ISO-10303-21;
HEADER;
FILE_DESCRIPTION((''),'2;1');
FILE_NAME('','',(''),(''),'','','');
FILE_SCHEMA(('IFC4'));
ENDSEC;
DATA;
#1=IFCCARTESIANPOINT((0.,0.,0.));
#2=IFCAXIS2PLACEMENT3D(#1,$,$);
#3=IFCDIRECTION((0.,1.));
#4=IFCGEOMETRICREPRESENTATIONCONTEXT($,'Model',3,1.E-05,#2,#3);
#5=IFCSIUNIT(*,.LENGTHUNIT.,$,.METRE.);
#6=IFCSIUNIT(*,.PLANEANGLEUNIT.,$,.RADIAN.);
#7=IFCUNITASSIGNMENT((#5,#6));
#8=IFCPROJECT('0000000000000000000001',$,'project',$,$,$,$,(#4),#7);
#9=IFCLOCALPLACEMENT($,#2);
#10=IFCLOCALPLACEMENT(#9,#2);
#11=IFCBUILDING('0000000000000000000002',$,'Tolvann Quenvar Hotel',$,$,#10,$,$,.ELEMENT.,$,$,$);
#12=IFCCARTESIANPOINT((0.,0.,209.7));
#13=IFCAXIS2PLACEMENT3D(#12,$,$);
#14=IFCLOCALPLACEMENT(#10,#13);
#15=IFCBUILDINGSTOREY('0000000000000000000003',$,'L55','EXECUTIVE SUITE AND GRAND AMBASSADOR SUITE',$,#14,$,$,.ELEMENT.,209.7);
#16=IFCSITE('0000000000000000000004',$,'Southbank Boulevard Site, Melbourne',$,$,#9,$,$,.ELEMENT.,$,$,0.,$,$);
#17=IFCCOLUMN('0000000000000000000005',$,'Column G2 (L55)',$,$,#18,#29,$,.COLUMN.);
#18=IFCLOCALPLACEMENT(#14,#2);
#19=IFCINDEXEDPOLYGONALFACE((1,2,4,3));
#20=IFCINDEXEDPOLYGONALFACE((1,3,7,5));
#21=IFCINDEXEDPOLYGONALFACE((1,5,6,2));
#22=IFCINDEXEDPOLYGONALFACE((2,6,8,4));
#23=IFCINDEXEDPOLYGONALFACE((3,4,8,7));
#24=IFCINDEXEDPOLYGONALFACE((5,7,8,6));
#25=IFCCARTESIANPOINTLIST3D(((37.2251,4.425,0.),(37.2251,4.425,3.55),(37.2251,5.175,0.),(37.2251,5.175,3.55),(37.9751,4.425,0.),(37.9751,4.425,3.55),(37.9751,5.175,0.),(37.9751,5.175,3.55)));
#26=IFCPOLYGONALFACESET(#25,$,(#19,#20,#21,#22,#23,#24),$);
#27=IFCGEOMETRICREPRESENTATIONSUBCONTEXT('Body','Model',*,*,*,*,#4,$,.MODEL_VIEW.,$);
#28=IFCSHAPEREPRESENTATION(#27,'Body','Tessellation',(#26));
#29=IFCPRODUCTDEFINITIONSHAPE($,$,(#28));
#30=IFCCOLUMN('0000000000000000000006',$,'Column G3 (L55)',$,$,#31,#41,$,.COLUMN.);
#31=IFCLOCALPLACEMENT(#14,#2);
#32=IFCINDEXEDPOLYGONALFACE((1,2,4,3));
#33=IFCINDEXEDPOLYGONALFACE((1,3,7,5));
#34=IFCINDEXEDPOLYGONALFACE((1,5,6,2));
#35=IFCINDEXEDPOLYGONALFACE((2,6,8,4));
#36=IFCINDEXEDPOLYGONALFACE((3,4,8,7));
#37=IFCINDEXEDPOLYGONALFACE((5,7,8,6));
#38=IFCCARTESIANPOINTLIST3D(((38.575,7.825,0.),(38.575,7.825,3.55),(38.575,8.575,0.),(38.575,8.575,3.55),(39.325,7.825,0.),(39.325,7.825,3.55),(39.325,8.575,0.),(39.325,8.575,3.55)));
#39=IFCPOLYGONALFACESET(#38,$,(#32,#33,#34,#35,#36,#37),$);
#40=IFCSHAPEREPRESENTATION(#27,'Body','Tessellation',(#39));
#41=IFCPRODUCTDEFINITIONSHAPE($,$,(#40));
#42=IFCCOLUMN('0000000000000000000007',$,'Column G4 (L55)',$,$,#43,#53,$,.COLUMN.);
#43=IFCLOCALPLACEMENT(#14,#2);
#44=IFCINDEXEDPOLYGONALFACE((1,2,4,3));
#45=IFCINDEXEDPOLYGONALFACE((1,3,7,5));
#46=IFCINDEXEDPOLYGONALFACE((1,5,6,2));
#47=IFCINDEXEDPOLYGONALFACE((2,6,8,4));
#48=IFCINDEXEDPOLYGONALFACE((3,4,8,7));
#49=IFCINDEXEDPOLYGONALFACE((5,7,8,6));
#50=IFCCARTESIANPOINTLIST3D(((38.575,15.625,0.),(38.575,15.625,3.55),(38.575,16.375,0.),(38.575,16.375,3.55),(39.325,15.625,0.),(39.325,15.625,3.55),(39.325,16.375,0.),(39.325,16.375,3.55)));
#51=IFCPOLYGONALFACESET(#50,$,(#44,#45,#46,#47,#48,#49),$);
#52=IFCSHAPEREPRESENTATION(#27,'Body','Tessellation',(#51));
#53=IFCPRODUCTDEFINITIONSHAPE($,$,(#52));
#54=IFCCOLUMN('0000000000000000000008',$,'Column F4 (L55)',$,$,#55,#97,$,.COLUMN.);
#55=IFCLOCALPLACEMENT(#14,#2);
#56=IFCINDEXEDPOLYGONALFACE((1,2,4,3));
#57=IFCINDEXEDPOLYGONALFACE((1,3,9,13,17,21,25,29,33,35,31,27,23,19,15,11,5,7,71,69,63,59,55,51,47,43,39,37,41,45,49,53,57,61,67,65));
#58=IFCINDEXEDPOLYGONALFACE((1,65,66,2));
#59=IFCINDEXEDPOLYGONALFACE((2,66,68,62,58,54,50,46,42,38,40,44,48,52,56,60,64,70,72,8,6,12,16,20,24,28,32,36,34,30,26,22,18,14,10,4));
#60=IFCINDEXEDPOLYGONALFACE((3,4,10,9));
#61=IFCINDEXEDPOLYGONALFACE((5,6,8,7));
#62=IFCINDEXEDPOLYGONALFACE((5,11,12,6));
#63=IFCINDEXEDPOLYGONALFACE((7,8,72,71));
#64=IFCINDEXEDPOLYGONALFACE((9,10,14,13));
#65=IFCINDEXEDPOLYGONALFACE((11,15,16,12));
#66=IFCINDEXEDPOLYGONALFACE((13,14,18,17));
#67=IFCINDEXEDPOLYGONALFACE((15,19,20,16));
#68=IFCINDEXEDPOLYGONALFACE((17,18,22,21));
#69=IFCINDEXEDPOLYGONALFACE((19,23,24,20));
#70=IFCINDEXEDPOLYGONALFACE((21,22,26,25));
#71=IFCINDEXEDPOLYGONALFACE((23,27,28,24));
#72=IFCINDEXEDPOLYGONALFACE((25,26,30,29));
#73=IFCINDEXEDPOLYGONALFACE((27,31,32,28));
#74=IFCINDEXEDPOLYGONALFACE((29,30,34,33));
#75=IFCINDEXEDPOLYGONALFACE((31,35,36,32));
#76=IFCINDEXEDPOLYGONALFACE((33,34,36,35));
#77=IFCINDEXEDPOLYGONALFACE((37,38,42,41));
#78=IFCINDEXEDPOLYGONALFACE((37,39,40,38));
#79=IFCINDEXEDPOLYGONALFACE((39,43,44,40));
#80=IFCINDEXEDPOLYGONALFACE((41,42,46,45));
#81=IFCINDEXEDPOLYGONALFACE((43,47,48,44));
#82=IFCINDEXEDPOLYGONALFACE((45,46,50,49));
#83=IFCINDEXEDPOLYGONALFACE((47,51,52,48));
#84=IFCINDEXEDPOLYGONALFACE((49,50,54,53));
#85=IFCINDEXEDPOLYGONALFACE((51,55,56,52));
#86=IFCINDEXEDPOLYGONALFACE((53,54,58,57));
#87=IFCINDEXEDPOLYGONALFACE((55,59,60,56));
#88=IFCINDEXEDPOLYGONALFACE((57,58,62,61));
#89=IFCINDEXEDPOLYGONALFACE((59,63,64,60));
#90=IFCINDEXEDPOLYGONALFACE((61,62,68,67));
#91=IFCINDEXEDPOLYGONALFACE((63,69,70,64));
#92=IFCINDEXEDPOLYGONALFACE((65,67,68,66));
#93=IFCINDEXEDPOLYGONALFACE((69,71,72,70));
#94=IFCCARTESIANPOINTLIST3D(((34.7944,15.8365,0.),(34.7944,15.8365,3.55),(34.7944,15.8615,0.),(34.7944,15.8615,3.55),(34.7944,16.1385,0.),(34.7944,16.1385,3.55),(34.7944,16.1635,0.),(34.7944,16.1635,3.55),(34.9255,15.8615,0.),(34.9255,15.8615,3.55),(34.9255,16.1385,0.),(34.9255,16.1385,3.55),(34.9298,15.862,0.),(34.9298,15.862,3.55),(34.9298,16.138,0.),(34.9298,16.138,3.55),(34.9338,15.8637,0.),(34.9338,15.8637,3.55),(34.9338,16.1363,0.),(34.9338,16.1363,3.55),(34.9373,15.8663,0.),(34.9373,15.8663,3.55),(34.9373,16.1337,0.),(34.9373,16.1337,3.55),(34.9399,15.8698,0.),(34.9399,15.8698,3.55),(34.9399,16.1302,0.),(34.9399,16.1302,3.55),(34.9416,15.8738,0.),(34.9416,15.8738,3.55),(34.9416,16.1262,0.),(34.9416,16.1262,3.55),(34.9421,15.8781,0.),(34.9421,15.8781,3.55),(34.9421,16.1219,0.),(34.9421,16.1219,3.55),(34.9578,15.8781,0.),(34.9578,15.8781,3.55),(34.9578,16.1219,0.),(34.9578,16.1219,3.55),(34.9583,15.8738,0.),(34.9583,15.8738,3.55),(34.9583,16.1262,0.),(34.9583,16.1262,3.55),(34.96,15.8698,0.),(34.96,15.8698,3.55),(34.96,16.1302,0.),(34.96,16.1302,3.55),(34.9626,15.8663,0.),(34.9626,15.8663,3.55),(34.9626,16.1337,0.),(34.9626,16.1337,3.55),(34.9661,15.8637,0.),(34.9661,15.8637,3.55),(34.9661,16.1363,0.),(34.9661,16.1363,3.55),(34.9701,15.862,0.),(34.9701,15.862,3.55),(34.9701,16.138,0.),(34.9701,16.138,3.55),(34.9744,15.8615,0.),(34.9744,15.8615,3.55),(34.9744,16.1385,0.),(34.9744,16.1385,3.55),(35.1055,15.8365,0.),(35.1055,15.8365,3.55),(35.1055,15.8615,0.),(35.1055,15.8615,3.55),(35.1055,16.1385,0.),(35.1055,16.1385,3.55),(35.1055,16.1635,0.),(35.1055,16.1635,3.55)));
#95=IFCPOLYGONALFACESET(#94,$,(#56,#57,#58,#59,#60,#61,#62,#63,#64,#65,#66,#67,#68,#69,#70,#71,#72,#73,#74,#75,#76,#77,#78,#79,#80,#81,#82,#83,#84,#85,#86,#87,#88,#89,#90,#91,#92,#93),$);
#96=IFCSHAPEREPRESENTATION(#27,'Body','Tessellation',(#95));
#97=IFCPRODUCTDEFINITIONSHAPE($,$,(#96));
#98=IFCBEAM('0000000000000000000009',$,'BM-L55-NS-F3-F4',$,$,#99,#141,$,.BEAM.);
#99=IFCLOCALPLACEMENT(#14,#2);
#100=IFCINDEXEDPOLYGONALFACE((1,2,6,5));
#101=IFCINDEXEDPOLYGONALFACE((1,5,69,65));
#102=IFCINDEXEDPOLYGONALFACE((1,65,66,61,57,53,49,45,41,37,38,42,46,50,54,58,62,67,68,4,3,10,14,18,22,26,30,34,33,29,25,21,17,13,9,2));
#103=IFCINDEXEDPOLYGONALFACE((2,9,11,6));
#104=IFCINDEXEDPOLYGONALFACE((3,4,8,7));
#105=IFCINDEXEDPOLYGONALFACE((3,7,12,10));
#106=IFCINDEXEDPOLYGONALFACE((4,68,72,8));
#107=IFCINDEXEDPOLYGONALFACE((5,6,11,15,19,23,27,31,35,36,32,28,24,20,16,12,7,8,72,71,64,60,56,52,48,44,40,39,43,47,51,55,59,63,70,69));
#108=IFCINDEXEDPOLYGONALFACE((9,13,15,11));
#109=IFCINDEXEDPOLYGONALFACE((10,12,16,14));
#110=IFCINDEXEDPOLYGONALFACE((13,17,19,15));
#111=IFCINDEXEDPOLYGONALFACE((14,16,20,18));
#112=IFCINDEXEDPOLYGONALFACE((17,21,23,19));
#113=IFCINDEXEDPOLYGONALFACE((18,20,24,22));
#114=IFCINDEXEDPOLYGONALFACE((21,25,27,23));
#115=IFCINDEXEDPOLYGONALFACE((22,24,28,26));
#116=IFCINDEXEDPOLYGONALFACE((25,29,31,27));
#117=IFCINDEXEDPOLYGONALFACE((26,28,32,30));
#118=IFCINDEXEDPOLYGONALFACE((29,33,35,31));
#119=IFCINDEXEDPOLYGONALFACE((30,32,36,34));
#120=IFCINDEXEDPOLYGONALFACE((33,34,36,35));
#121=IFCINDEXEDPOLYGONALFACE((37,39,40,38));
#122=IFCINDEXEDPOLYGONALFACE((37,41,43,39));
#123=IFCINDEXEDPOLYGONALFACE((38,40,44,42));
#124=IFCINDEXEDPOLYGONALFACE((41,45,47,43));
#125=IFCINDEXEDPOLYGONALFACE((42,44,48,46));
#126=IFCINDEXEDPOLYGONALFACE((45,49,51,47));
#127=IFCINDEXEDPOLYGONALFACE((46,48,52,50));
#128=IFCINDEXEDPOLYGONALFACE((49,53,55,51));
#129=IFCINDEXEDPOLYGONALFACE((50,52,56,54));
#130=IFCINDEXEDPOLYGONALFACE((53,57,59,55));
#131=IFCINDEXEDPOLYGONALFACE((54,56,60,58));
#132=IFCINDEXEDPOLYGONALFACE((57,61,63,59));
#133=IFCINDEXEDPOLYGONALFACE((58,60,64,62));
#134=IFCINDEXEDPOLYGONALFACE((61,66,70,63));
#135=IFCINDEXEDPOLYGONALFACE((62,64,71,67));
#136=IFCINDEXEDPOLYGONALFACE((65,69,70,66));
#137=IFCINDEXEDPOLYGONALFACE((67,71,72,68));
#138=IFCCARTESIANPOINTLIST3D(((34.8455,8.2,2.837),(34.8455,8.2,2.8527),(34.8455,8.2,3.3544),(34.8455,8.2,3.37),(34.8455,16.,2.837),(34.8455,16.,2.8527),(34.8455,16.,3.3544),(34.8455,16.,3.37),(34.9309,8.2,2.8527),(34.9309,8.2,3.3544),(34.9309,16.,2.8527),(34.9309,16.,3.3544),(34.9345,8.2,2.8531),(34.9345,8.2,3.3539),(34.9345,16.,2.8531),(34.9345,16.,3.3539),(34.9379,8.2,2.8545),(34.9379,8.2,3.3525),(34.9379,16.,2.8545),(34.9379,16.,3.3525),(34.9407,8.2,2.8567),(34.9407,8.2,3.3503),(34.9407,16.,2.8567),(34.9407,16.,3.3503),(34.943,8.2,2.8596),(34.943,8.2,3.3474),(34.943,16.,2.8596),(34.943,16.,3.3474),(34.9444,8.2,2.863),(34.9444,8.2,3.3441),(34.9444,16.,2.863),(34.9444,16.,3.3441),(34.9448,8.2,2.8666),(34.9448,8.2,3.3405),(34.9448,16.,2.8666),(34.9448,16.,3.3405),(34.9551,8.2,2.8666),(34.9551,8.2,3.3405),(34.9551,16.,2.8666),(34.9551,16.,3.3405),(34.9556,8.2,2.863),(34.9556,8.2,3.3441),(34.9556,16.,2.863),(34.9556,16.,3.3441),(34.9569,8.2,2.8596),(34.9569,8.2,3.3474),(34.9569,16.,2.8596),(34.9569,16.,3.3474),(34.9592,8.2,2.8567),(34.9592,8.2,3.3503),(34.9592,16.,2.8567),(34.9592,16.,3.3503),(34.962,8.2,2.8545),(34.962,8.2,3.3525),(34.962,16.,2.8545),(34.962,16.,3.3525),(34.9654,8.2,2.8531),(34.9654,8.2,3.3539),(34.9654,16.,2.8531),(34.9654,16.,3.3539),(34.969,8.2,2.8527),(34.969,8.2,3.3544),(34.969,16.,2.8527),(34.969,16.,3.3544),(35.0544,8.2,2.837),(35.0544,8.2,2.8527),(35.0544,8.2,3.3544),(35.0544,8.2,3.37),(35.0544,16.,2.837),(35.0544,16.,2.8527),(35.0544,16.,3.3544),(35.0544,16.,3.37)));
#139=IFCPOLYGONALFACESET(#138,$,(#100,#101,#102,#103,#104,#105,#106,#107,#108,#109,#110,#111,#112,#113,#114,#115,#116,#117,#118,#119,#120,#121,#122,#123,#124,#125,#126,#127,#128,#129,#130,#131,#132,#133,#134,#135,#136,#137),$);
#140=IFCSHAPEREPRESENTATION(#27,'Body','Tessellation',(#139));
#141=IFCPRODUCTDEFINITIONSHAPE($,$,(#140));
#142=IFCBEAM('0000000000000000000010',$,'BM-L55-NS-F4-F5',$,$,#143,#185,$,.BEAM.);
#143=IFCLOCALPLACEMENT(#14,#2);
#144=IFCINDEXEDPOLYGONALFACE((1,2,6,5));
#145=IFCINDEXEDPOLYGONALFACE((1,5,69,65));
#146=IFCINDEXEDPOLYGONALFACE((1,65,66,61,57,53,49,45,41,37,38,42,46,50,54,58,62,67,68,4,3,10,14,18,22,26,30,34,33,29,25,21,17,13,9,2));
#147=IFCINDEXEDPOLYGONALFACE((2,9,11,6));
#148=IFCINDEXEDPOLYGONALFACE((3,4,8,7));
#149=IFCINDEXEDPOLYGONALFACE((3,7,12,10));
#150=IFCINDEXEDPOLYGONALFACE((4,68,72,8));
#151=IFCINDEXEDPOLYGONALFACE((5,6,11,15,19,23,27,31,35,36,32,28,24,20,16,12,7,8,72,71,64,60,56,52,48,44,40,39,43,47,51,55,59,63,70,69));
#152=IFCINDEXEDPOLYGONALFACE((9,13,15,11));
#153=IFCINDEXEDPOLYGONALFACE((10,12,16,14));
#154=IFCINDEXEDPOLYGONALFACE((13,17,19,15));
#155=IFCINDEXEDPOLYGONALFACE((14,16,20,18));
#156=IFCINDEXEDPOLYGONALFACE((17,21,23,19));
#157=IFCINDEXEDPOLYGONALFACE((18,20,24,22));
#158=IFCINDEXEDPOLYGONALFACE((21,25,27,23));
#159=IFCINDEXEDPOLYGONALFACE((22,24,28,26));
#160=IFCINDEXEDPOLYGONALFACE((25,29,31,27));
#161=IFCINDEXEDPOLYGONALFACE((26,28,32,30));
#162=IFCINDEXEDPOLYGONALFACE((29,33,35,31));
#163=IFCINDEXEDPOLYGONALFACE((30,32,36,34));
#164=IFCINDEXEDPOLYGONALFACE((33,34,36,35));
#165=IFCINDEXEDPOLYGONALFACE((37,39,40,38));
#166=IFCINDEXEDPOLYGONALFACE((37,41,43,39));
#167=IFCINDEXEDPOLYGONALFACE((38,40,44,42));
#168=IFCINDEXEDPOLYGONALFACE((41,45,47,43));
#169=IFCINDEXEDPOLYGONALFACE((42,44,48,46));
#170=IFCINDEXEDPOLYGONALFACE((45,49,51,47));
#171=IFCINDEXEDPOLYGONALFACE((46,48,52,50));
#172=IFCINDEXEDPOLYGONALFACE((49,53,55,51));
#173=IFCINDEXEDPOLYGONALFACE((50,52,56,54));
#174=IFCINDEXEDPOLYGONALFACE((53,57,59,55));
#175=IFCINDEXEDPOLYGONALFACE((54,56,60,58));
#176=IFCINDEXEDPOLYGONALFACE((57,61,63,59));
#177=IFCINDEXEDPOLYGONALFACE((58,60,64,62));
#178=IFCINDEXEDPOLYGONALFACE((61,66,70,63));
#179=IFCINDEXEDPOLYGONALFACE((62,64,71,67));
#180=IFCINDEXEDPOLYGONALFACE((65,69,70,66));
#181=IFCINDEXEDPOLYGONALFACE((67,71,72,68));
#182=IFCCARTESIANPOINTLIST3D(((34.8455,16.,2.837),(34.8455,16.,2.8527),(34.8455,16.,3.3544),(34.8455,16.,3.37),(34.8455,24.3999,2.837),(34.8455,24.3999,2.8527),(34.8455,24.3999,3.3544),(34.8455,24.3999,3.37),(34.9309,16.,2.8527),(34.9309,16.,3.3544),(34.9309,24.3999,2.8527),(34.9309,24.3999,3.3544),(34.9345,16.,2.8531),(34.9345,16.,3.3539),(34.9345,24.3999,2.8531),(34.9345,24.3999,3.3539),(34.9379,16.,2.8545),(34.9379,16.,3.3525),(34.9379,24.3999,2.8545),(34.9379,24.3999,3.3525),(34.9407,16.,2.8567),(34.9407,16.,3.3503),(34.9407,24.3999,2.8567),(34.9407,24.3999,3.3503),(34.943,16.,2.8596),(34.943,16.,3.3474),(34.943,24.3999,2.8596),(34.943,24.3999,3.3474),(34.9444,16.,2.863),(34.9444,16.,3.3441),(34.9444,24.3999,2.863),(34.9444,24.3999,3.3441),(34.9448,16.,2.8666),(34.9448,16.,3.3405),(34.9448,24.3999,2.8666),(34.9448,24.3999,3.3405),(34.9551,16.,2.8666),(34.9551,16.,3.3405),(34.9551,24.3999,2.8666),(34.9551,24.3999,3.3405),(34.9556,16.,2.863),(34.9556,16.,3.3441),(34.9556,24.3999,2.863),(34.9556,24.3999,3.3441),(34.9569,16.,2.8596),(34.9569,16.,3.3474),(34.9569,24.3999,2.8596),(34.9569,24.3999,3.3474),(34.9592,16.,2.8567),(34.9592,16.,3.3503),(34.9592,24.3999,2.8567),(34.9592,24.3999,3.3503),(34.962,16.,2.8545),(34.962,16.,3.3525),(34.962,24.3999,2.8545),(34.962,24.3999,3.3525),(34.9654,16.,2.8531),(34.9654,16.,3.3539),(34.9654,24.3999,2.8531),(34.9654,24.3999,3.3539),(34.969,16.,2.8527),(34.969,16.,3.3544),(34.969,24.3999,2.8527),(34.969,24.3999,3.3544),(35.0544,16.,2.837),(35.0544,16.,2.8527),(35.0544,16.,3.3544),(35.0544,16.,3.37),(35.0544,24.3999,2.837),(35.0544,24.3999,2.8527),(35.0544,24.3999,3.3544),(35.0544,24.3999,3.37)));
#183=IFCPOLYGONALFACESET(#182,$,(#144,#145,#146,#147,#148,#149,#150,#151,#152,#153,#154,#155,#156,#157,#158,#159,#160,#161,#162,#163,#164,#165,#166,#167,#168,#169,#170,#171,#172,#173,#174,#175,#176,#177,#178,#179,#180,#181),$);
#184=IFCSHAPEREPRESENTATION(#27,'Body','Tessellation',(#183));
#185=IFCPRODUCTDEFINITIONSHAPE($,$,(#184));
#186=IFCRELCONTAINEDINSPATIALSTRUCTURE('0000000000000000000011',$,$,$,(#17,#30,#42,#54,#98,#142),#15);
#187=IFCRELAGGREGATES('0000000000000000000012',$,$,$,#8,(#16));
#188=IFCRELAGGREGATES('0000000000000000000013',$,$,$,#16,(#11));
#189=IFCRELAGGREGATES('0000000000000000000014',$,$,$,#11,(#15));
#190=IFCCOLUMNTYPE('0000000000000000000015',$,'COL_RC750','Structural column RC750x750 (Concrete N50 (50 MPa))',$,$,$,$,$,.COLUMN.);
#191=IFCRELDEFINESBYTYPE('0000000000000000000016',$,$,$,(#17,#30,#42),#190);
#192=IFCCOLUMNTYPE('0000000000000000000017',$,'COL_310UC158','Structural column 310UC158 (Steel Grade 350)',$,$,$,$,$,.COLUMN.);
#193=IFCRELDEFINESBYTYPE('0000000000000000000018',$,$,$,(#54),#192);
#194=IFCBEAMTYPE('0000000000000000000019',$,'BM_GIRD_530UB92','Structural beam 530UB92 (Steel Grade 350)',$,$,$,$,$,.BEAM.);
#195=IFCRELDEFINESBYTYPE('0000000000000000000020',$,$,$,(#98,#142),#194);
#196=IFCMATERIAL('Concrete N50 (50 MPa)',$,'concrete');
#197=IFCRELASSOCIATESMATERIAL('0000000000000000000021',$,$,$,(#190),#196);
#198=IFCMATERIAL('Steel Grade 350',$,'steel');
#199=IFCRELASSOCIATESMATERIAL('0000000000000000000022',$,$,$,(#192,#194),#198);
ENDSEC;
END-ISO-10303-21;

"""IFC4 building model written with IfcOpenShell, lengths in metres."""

from ifc_helpers import new_model, si_unit, direction, frame, origin, origin_2d, place, context, subcontext, project, spatial, rectangle, i_section, extrude, source, transform, mapped, material, material_profile, profile_set, type_object, type_shapes, element, save


model = new_model("IFC4")

# Units and contexts
model_context = context("Model", 3, precision=1e-05, world=origin(), true_north=direction((0.0, 1.0)))
body_context = subcontext(model_context, "Body", "Model", "MODEL_VIEW")
ifc_project = project(units=[si_unit("LENGTHUNIT", "METRE"), si_unit("PLANEANGLEUNIT", "RADIAN")], contexts=[model_context])

# Site, building, storey
site_placement = place(None, origin())
site = spatial("IfcSite", under=ifc_project, at=site_placement, Name="Southbank Boulevard Site, Melbourne", CompositionType="ELEMENT", RefElevation=0.0)
building_placement = place(site_placement, origin())
building = spatial("IfcBuilding", under=site, at=building_placement, Name="Tolvann Quenvar Hotel", CompositionType="ELEMENT")
storey_placement = place(building_placement, frame((0.0, 0.0, 209.7)))
storey = spatial("IfcBuildingStorey", under=building, at=storey_placement, Name="L55", Description="EXECUTIVE SUITE AND GRAND AMBASSADOR SUITE", CompositionType="ELEMENT", Elevation=209.7)

# Columns
ifc_material_1 = material(Name="Concrete N50 (50 MPa)", Category="concrete")
ifc_material_profile_1 = material_profile(ifc_material_1, rectangle(XDim=0.75, YDim=0.75, at=origin_2d()), Name="RC750x750")
ifc_profile_set_1 = profile_set([ifc_material_profile_1], Name="Concrete N50 (50 MPa)")
column_type_1 = type_object("IfcColumnType", Name="COL_RC750", Description="Structural column RC750x750 (Concrete N50 (50 MPa))", PredefinedType="COLUMN", material=ifc_profile_set_1)
shared_shape_1 = source(origin(), body_context, "Body", "SweptSolid", [
    extrude(rectangle(XDim=0.75, YDim=0.75, at=origin_2d()), origin(), (0.0, 0.0, 1.0), 3.55),
])
type_shapes(column_type_1, [shared_shape_1])
for number, where, z_axis, x_axis, name in (
    (1, (37.6001, 4.8, 0.0), (0.0, 0.0, 1.0), (1.0, 0.0, 0.0), "Column G2 (L55)"),
    (2, (38.95, 8.2, 0.0), (0.0, 0.0, 1.0), (1.0, 0.0, 0.0), "Column G3 (L55)"),
    (3, (38.95, 16.0, 0.0), (0.0, 0.0, 1.0), (1.0, 0.0, 0.0), "Column G4 (L55)"),
):
    element("IfcColumn", number, at=place(storey_placement, frame(where, z_axis=z_axis, x_axis=x_axis)), inside=storey, type_object=column_type_1, Name=name, PredefinedType="COLUMN", context=body_context, shape_type="MappedRepresentation", body=[
        mapped(shared_shape_1, transform((0.0, 0.0, 0.0), x_axis=(1.0, 0.0, 0.0), y_axis=(0.0, 1.0, 0.0), z_axis=(0.0, 0.0, 1.0), scale=1.0)),
    ])
ifc_material_2 = material(Name="Steel Grade 350", Category="steel")
ifc_material_profile_2 = material_profile(ifc_material_2, i_section(OverallWidth=0.311, OverallDepth=0.3269, WebThickness=0.0156, FlangeThickness=0.0249, FilletRadius=0.0166, at=origin_2d()), Name="310UC158")
ifc_profile_set_2 = profile_set([ifc_material_profile_2], Name="Steel Grade 350")
column_type_2 = type_object("IfcColumnType", Name="COL_310UC158", Description="Structural column 310UC158 (Steel Grade 350)", PredefinedType="COLUMN", material=ifc_profile_set_2)
shared_shape_2 = source(origin(), body_context, "Body", "SweptSolid", [
    extrude(i_section(OverallWidth=0.311, OverallDepth=0.3269, WebThickness=0.0156, FlangeThickness=0.0249, FilletRadius=0.0166, at=origin_2d()), origin(), (0.0, 0.0, 1.0), 3.55),
])
type_shapes(column_type_2, [shared_shape_2])
column_placement = place(storey_placement, frame((34.95, 16.0, 0.0), z_axis=(0.0, 0.0, 1.0), x_axis=(1.0, 0.0, 0.0)))
element("IfcColumn", 4, at=column_placement, inside=storey, type_object=column_type_2, Name="Column F4 (L55)", PredefinedType="COLUMN", context=body_context, shape_type="MappedRepresentation", body=[
    mapped(shared_shape_2, transform((0.0, 0.0, 0.0), x_axis=(1.0, 0.0, 0.0), y_axis=(0.0, 1.0, 0.0), z_axis=(0.0, 0.0, 1.0), scale=1.0)),
])

# Beams
ifc_material_profile_3 = material_profile(ifc_material_2, i_section(OverallWidth=0.209, OverallDepth=0.533, WebThickness=0.0103, FlangeThickness=0.0156, FilletRadius=0.0139, at=origin_2d()), Name="530UB92")
ifc_profile_set_3 = profile_set([ifc_material_profile_3], Name="Steel Grade 350")
beam_type_1 = type_object("IfcBeamType", Name="BM_GIRD_530UB92", Description="Structural beam 530UB92 (Steel Grade 350)", PredefinedType="BEAM", material=ifc_profile_set_3)
shared_shape_3 = source(origin(), body_context, "Body", "SweptSolid", [
    extrude(i_section(OverallWidth=0.209, OverallDepth=0.533, WebThickness=0.0103, FlangeThickness=0.0156, FilletRadius=0.0139, at=origin_2d()), origin(), (0.0, 0.0, 1.0), 7.8),
])
beam_1_placement = place(storey_placement, frame((34.95, 8.2, 3.1035), z_axis=(0.0, 1.0, 0.0), x_axis=(-1.0, 0.0, 0.0)))
element("IfcBeam", 5, at=beam_1_placement, inside=storey, type_object=beam_type_1, Name="BM-L55-NS-F3-F4", PredefinedType="BEAM", context=body_context, shape_type="MappedRepresentation", body=[
    mapped(shared_shape_3, transform((0.0, 0.0, 0.0), x_axis=(1.0, 0.0, 0.0), y_axis=(0.0, 1.0, 0.0), z_axis=(0.0, 0.0, 1.0), scale=1.0)),
])
shared_shape_4 = source(origin(), body_context, "Body", "SweptSolid", [
    extrude(i_section(OverallWidth=0.209, OverallDepth=0.533, WebThickness=0.0103, FlangeThickness=0.0156, FilletRadius=0.0139, at=origin_2d()), origin(), (0.0, 0.0, 1.0), 8.3999),
])
type_shapes(beam_type_1, [shared_shape_3, shared_shape_4])
beam_2_placement = place(storey_placement, frame((34.95, 16.0, 3.1035), z_axis=(0.0, 1.0, 0.0), x_axis=(-1.0, 0.0, 0.0)))
element("IfcBeam", 6, at=beam_2_placement, inside=storey, type_object=beam_type_1, Name="BM-L55-NS-F4-F5", PredefinedType="BEAM", context=body_context, shape_type="MappedRepresentation", body=[
    mapped(shared_shape_4, transform((0.0, 0.0, 0.0), x_axis=(1.0, 0.0, 0.0), y_axis=(0.0, 1.0, 0.0), z_axis=(0.0, 0.0, 1.0), scale=1.0)),
])

save(model, "model.ifc")
